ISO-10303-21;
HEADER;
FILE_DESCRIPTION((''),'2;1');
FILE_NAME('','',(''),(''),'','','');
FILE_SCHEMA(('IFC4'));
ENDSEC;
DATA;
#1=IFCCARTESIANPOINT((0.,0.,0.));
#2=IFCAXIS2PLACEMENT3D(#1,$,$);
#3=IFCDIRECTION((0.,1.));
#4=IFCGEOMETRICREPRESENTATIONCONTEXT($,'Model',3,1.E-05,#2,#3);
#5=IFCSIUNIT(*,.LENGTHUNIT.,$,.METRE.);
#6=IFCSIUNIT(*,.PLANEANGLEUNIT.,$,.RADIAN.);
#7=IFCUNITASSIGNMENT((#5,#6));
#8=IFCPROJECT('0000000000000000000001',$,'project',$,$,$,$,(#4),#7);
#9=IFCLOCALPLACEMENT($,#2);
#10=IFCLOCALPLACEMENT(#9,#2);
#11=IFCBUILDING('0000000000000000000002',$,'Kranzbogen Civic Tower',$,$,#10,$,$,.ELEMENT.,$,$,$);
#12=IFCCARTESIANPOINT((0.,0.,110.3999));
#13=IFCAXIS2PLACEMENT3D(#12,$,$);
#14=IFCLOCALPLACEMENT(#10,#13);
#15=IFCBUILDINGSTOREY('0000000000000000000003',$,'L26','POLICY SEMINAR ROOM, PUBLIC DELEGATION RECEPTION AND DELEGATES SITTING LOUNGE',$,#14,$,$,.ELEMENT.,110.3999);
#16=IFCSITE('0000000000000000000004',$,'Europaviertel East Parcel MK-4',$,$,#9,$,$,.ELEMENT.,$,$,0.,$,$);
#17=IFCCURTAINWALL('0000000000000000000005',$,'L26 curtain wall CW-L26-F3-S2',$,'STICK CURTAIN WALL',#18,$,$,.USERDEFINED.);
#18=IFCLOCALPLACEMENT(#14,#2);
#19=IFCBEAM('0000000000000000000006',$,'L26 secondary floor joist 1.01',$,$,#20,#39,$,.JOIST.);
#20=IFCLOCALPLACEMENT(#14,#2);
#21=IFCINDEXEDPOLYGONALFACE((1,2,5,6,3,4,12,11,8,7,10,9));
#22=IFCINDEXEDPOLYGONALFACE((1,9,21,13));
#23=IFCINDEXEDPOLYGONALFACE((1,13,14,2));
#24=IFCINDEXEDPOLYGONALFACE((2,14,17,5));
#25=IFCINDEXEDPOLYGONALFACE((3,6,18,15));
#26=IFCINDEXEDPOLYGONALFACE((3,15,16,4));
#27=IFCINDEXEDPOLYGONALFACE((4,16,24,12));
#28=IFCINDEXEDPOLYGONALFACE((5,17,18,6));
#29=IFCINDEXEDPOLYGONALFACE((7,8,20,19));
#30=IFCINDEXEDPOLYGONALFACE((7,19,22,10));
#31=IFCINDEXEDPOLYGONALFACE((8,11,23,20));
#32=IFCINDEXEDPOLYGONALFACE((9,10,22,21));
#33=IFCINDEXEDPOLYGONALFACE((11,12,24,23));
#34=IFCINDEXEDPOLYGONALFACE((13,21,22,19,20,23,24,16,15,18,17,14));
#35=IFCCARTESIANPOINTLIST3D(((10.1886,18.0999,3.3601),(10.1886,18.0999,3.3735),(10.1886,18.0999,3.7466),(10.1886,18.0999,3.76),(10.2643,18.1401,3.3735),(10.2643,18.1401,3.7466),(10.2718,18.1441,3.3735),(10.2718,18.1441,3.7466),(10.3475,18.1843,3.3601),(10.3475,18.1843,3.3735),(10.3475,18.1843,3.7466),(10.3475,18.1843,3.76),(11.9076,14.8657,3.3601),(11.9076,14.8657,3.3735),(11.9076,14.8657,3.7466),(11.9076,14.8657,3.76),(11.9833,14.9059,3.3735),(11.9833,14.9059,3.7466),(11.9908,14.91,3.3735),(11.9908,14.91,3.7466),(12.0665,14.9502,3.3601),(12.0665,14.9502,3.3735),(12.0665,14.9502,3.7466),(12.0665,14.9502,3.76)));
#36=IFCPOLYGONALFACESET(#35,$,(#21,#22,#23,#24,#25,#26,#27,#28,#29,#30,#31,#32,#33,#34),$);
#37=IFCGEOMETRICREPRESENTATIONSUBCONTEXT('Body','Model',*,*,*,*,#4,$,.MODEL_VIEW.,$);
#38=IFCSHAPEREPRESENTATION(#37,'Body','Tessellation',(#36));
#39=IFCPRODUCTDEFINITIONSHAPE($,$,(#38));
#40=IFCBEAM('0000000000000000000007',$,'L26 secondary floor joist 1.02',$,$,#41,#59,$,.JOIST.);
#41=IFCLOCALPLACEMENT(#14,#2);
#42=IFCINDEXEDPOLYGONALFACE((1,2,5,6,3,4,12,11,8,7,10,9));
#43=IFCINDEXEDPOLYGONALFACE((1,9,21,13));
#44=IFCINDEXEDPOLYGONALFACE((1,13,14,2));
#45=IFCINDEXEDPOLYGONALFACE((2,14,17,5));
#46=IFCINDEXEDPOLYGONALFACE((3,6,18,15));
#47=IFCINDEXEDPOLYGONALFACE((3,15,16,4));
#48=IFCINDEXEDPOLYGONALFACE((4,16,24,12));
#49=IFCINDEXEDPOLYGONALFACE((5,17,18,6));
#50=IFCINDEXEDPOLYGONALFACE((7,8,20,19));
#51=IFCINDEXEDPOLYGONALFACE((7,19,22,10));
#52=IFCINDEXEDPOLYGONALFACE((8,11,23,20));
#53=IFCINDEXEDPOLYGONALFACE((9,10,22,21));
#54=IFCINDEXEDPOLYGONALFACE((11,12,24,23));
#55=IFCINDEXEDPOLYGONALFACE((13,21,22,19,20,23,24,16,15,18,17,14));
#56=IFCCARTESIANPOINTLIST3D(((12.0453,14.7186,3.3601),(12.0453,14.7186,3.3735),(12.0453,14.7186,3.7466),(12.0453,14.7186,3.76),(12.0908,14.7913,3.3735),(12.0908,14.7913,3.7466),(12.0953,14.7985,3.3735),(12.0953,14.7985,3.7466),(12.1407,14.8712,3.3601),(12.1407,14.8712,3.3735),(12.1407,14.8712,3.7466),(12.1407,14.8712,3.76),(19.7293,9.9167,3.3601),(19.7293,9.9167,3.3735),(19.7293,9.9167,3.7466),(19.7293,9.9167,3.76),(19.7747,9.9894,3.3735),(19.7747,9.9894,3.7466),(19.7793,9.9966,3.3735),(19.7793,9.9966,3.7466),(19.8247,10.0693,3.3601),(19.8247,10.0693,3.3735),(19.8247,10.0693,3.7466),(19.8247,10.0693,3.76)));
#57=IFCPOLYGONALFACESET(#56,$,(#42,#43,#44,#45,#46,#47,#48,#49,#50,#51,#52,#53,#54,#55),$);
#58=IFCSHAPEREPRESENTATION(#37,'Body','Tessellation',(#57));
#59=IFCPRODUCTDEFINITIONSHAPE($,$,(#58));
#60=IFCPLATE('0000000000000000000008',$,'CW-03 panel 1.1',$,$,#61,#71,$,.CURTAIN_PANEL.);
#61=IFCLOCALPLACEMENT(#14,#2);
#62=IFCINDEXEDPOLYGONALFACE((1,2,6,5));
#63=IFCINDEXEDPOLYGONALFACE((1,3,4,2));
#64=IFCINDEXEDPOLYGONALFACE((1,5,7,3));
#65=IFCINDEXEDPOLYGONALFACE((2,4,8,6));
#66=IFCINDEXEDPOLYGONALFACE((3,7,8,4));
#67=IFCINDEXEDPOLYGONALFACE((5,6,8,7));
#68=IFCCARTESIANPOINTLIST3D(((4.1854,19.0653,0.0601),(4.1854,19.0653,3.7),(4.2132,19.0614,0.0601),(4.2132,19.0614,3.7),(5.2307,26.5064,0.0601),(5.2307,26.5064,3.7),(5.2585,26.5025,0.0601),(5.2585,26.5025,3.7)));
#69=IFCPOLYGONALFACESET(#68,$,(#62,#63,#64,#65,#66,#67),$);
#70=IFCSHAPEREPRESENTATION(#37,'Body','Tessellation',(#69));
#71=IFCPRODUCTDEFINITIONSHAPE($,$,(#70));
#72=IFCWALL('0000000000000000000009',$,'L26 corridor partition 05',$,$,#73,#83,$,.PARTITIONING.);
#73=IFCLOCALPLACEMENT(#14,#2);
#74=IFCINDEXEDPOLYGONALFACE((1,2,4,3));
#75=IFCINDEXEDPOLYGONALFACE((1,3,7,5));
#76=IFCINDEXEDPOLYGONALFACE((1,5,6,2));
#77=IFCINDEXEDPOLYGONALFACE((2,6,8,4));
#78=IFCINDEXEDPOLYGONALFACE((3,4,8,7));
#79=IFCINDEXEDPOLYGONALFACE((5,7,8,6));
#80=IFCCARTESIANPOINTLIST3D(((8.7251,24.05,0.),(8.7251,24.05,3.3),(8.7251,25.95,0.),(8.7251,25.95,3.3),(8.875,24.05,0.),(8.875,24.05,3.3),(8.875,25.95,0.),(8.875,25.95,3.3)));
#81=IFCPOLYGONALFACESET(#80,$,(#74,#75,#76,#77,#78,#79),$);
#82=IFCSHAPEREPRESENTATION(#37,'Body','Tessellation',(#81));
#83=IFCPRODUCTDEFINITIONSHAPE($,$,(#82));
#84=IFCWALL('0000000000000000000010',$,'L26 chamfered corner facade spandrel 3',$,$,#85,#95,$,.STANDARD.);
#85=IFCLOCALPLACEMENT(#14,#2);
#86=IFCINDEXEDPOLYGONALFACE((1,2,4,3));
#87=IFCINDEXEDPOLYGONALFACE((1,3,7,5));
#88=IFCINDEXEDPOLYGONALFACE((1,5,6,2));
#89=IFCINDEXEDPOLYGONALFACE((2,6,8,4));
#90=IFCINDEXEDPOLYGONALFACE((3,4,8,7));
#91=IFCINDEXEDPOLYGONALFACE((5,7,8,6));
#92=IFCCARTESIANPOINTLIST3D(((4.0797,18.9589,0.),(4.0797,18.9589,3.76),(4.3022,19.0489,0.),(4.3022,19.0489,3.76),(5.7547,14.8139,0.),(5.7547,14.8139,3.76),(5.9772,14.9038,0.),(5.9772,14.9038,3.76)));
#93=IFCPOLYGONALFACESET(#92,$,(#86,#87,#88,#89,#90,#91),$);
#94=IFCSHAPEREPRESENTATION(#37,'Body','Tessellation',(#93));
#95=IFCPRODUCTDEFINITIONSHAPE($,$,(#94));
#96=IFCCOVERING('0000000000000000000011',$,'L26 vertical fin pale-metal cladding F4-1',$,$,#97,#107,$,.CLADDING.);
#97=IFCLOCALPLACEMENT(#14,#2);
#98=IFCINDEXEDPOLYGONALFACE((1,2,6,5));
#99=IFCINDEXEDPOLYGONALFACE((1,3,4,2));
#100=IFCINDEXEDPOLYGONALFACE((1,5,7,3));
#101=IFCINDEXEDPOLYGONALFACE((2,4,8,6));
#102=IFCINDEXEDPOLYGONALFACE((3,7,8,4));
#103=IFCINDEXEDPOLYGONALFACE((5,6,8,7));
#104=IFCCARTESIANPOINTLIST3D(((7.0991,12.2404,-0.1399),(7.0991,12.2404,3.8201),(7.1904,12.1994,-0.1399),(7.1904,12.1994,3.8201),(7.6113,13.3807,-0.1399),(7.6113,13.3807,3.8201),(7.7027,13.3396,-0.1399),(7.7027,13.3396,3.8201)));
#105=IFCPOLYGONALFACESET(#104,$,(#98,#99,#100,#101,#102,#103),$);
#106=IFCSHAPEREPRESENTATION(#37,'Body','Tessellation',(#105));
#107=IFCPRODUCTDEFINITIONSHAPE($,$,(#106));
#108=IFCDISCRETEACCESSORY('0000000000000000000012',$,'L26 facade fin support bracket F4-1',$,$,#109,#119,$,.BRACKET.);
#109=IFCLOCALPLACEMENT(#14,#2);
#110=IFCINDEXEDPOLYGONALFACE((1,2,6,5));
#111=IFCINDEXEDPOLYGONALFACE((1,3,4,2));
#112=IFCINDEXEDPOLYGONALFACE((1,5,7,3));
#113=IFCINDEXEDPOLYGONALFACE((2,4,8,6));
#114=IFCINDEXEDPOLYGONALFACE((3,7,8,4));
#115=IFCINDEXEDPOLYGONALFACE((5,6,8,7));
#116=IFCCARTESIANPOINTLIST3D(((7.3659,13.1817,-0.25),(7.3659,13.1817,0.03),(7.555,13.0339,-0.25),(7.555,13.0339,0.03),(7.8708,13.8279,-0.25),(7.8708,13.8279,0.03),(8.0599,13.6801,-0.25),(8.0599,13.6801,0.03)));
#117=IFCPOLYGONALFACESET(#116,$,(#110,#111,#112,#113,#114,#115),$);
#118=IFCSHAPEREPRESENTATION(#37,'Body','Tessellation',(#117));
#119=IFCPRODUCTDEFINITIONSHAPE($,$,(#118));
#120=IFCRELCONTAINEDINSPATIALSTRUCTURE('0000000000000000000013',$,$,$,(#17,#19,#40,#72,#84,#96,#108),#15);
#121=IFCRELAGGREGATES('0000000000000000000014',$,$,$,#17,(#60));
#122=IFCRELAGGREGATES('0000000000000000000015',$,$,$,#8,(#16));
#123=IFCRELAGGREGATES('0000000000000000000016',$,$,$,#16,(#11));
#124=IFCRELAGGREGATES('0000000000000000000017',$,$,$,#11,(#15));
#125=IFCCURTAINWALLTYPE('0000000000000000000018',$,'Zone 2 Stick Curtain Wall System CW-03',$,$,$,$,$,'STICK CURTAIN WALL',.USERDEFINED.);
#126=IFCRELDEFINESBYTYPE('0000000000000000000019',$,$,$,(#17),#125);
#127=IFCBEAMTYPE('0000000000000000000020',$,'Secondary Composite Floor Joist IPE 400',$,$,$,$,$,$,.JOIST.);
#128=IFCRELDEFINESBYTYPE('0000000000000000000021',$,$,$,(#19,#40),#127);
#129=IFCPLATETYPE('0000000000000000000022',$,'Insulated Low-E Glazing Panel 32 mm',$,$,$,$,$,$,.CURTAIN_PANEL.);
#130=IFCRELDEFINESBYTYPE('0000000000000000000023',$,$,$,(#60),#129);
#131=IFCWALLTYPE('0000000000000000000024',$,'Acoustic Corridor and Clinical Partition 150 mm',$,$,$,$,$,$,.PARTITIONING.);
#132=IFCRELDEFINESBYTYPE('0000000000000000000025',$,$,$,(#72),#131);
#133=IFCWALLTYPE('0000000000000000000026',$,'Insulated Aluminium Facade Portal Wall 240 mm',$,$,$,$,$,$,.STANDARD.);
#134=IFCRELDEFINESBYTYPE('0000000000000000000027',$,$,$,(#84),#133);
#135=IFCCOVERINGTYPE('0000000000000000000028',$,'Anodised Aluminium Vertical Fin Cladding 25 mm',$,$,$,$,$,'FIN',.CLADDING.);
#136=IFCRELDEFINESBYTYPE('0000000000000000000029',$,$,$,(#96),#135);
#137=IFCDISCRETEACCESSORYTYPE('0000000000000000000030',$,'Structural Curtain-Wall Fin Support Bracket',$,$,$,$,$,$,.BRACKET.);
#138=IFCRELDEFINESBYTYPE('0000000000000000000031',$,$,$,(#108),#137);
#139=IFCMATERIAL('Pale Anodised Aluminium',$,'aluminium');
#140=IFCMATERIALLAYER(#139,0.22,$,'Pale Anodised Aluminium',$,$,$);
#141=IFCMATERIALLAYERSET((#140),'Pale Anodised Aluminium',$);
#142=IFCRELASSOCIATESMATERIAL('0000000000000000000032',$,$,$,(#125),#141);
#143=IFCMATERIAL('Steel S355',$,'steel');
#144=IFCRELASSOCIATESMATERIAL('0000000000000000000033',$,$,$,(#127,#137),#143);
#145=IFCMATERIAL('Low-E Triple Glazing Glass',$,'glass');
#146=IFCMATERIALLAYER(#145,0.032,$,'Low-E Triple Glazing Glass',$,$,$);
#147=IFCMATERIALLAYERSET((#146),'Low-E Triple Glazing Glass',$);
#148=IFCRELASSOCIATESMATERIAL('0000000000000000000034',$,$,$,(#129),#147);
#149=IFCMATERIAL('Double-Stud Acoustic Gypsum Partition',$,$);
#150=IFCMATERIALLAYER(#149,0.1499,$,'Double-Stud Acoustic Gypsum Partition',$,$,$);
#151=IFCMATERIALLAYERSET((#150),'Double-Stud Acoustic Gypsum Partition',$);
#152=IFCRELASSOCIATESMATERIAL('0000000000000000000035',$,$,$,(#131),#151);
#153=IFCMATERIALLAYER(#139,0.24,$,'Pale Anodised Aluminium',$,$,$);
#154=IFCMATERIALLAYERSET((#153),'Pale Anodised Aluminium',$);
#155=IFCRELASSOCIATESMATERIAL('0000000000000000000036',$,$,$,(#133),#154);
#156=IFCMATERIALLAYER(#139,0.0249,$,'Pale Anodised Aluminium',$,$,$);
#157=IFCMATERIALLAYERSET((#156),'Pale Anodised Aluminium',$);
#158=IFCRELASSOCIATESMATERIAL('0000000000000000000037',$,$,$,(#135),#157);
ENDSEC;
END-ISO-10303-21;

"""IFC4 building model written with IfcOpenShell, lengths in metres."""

from ifc_helpers import new_model, si_unit, direction, frame, frame_2d, origin, origin_2d, place, context, subcontext, project, spatial, rectangle, i_section, extrude, material, layer, layer_set, material_profile, profile_set, type_object, element, aggregate, save


model = new_model("IFC4")

# Units and contexts
model_context = context("Model", 3, precision=1e-05, world=origin(), true_north=direction((0.0, 1.0)))
body_context = subcontext(model_context, "Body", "Model", "MODEL_VIEW")
ifc_project = project(units=[si_unit("LENGTHUNIT", "METRE"), si_unit("PLANEANGLEUNIT", "RADIAN")], contexts=[model_context])

# Site, building, storey
site_placement = place(None, origin())
site = spatial("IfcSite", under=ifc_project, at=site_placement, Name="Europaviertel East Parcel MK-4", CompositionType="ELEMENT", RefElevation=0.0)
building_placement = place(site_placement, origin())
building = spatial("IfcBuilding", under=site, at=building_placement, Name="Kranzbogen Civic Tower", CompositionType="ELEMENT")
storey_placement = place(building_placement, frame((0.0, 0.0, 110.3999)))
storey = spatial("IfcBuildingStorey", under=building, at=storey_placement, Name="L26", Description="POLICY SEMINAR ROOM, PUBLIC DELEGATION RECEPTION AND DELEGATES SITTING LOUNGE", CompositionType="ELEMENT", Elevation=110.3999)

# Curtain wall
ifc_material_1 = material(Name="Pale Anodised Aluminium", Category="aluminium")
ifc_layer_1 = layer(ifc_material_1, 0.22, Name="Pale Anodised Aluminium")
ifc_layer_set_1 = layer_set([ifc_layer_1], Name="Pale Anodised Aluminium")
curtain_wall_type = type_object("IfcCurtainWallType", Name="Zone 2 Stick Curtain Wall System CW-03", ElementType="STICK CURTAIN WALL", PredefinedType="USERDEFINED", material=ifc_layer_set_1)
curtain_wall_1_placement = place(storey_placement, origin())
curtain_wall_1 = element("IfcCurtainWall", 1, at=curtain_wall_1_placement, inside=storey, type_object=curtain_wall_type, Name="L26 curtain wall CW-L26-F3-S2", ObjectType="STICK CURTAIN WALL", PredefinedType="USERDEFINED")

# Beams
ifc_material_2 = material(Name="Steel S355", Category="steel")
ifc_material_profile_1 = material_profile(ifc_material_2, i_section(OverallWidth=0.1799, OverallDepth=0.3999, WebThickness=0.0085, FlangeThickness=0.0134, at=origin_2d()), Name="IPE 400")
ifc_profile_set_1 = profile_set([ifc_material_profile_1], Name="Steel S355")
beam_type_1 = type_object("IfcBeamType", Name="Secondary Composite Floor Joist IPE 400", PredefinedType="JOIST", material=ifc_profile_set_1)
beam_1_placement = place(storey_placement, frame((10.2681, 18.1421, 3.5601), z_axis=(0.469339, -0.883018, 0.0), x_axis=(0.883018, 0.469339, 0.0)))
element("IfcBeam", 2, at=beam_1_placement, inside=storey, type_object=beam_type_1, Name="L26 secondary floor joist 1.01", PredefinedType="JOIST", context=body_context, shape_type="SweptSolid", body=[
    extrude(i_section(OverallWidth=0.1799, OverallDepth=0.3999, WebThickness=0.0085, FlangeThickness=0.0134, at=origin_2d()), origin(), (0.0, 0.0, 1.0), 3.6626),
])
beam_2_placement = place(storey_placement, frame((12.093, 14.7949, 3.5601), z_axis=(0.848026, -0.529955, 0.0), x_axis=(0.529955, 0.848026, 0.0)))
element("IfcBeam", 3, at=beam_2_placement, inside=storey, type_object=beam_type_1, Name="L26 secondary floor joist 1.02", PredefinedType="JOIST", context=body_context, shape_type="SweptSolid", body=[
    extrude(i_section(OverallWidth=0.1799, OverallDepth=0.3999, WebThickness=0.0085, FlangeThickness=0.0134, at=origin_2d()), origin(), (0.0, 0.0, 1.0), 9.061),
])

# Plate
ifc_material_3 = material(Name="Low-E Triple Glazing Glass", Category="glass")
ifc_layer_2 = layer(ifc_material_3, 0.032, Name="Low-E Triple Glazing Glass")
ifc_layer_set_2 = layer_set([ifc_layer_2], Name="Low-E Triple Glazing Glass")
plate_type = type_object("IfcPlateType", Name="Insulated Low-E Glazing Panel 32 mm", PredefinedType="CURTAIN_PANEL", material=ifc_layer_set_2)
plate_placement = place(storey_placement, frame((4.7219, 22.7839, 0.0601), z_axis=(0.0, 0.0, 1.0), x_axis=(-0.13911, -0.990277, 0.0)))
plate = element("IfcPlate", 4, at=plate_placement, type_object=plate_type, Name="CW-03 panel 1.1", PredefinedType="CURTAIN_PANEL", context=body_context, shape_type="SweptSolid", body=[
    extrude(rectangle(XDim=7.5142, YDim=0.0281, at=origin_2d()), origin(), (0.0, 0.0, 1.0), 3.6399),
])
aggregate(curtain_wall_1, [plate])

# Walls
ifc_material_4 = material(Name="Double-Stud Acoustic Gypsum Partition")
ifc_layer_3 = layer(ifc_material_4, 0.1499, Name="Double-Stud Acoustic Gypsum Partition")
ifc_layer_set_3 = layer_set([ifc_layer_3], Name="Double-Stud Acoustic Gypsum Partition")
wall_type_1 = type_object("IfcWallType", Name="Acoustic Corridor and Clinical Partition 150 mm", PredefinedType="PARTITIONING", material=ifc_layer_set_3)
wall_1_placement = place(storey_placement, frame((8.8, 24.05, 0.0), z_axis=(0.0, 0.0, 1.0), x_axis=(0.0, 1.0, 0.0)))
element("IfcWall", 5, at=wall_1_placement, inside=storey, type_object=wall_type_1, Name="L26 corridor partition 05", PredefinedType="PARTITIONING", context=body_context, shape_type="SweptSolid", body=[
    extrude(rectangle(XDim=1.8999, YDim=0.1499, at=frame_2d((0.95, 0.0))), origin(), (0.0, 0.0, 1.0), 3.3),
])
ifc_layer_4 = layer(ifc_material_1, 0.24, Name="Pale Anodised Aluminium")
ifc_layer_set_4 = layer_set([ifc_layer_4], Name="Pale Anodised Aluminium")
wall_type_2 = type_object("IfcWallType", Name="Insulated Aluminium Facade Portal Wall 240 mm", PredefinedType="STANDARD", material=ifc_layer_set_4)
wall_2_placement = place(storey_placement, frame((4.1909, 19.0039, 0.0), z_axis=(0.0, 0.0, 1.0), x_axis=(0.374674, -0.927156, 0.0)))
element("IfcWall", 6, at=wall_2_placement, inside=storey, type_object=wall_type_2, Name="L26 chamfered corner facade spandrel 3", PredefinedType="STANDARD", context=body_context, shape_type="SweptSolid", body=[
    extrude(rectangle(XDim=4.4707, YDim=0.24, at=frame_2d((2.2354, 0.0))), origin(), (0.0, 0.0, 1.0), 3.76),
])

# Covering
ifc_layer_5 = layer(ifc_material_1, 0.0249, Name="Pale Anodised Aluminium")
ifc_layer_set_5 = layer_set([ifc_layer_5], Name="Pale Anodised Aluminium")
covering_type = type_object("IfcCoveringType", Name="Anodised Aluminium Vertical Fin Cladding 25 mm", ElementType="FIN", PredefinedType="CLADDING", material=ifc_layer_set_5)
covering_placement = place(storey_placement, frame((7.4009, 12.79, -0.1399), z_axis=(0.0, 0.0, 1.0), x_axis=(-0.409796, -0.912177, 0.0)))
element("IfcCovering", 7, at=covering_placement, inside=storey, type_object=covering_type, Name="L26 vertical fin pale-metal cladding F4-1", PredefinedType="CLADDING", context=body_context, shape_type="SweptSolid", body=[
    extrude(rectangle(XDim=1.25, YDim=0.1001, at=origin_2d()), origin(), (0.0, 0.0, 1.0), 3.96),
])

# Discrete accessory
discrete_accessory_type = type_object("IfcDiscreteAccessoryType", Name="Structural Curtain-Wall Fin Support Bracket", PredefinedType="BRACKET", material=ifc_material_2)
discrete_accessory_placement = place(storey_placement, frame((7.7129, 13.4309, -0.25), z_axis=(0.0, 0.0, 1.0), x_axis=(-0.615661, -0.788011, 0.0)))
element("IfcDiscreteAccessory", 8, at=discrete_accessory_placement, inside=storey, type_object=discrete_accessory_type, Name="L26 facade fin support bracket F4-1", PredefinedType="BRACKET", context=body_context, shape_type="SweptSolid", body=[
    extrude(rectangle(XDim=0.8201, YDim=0.24, at=origin_2d()), origin(), (0.0, 0.0, 1.0), 0.28),
])

save(model, "model.ifc")
